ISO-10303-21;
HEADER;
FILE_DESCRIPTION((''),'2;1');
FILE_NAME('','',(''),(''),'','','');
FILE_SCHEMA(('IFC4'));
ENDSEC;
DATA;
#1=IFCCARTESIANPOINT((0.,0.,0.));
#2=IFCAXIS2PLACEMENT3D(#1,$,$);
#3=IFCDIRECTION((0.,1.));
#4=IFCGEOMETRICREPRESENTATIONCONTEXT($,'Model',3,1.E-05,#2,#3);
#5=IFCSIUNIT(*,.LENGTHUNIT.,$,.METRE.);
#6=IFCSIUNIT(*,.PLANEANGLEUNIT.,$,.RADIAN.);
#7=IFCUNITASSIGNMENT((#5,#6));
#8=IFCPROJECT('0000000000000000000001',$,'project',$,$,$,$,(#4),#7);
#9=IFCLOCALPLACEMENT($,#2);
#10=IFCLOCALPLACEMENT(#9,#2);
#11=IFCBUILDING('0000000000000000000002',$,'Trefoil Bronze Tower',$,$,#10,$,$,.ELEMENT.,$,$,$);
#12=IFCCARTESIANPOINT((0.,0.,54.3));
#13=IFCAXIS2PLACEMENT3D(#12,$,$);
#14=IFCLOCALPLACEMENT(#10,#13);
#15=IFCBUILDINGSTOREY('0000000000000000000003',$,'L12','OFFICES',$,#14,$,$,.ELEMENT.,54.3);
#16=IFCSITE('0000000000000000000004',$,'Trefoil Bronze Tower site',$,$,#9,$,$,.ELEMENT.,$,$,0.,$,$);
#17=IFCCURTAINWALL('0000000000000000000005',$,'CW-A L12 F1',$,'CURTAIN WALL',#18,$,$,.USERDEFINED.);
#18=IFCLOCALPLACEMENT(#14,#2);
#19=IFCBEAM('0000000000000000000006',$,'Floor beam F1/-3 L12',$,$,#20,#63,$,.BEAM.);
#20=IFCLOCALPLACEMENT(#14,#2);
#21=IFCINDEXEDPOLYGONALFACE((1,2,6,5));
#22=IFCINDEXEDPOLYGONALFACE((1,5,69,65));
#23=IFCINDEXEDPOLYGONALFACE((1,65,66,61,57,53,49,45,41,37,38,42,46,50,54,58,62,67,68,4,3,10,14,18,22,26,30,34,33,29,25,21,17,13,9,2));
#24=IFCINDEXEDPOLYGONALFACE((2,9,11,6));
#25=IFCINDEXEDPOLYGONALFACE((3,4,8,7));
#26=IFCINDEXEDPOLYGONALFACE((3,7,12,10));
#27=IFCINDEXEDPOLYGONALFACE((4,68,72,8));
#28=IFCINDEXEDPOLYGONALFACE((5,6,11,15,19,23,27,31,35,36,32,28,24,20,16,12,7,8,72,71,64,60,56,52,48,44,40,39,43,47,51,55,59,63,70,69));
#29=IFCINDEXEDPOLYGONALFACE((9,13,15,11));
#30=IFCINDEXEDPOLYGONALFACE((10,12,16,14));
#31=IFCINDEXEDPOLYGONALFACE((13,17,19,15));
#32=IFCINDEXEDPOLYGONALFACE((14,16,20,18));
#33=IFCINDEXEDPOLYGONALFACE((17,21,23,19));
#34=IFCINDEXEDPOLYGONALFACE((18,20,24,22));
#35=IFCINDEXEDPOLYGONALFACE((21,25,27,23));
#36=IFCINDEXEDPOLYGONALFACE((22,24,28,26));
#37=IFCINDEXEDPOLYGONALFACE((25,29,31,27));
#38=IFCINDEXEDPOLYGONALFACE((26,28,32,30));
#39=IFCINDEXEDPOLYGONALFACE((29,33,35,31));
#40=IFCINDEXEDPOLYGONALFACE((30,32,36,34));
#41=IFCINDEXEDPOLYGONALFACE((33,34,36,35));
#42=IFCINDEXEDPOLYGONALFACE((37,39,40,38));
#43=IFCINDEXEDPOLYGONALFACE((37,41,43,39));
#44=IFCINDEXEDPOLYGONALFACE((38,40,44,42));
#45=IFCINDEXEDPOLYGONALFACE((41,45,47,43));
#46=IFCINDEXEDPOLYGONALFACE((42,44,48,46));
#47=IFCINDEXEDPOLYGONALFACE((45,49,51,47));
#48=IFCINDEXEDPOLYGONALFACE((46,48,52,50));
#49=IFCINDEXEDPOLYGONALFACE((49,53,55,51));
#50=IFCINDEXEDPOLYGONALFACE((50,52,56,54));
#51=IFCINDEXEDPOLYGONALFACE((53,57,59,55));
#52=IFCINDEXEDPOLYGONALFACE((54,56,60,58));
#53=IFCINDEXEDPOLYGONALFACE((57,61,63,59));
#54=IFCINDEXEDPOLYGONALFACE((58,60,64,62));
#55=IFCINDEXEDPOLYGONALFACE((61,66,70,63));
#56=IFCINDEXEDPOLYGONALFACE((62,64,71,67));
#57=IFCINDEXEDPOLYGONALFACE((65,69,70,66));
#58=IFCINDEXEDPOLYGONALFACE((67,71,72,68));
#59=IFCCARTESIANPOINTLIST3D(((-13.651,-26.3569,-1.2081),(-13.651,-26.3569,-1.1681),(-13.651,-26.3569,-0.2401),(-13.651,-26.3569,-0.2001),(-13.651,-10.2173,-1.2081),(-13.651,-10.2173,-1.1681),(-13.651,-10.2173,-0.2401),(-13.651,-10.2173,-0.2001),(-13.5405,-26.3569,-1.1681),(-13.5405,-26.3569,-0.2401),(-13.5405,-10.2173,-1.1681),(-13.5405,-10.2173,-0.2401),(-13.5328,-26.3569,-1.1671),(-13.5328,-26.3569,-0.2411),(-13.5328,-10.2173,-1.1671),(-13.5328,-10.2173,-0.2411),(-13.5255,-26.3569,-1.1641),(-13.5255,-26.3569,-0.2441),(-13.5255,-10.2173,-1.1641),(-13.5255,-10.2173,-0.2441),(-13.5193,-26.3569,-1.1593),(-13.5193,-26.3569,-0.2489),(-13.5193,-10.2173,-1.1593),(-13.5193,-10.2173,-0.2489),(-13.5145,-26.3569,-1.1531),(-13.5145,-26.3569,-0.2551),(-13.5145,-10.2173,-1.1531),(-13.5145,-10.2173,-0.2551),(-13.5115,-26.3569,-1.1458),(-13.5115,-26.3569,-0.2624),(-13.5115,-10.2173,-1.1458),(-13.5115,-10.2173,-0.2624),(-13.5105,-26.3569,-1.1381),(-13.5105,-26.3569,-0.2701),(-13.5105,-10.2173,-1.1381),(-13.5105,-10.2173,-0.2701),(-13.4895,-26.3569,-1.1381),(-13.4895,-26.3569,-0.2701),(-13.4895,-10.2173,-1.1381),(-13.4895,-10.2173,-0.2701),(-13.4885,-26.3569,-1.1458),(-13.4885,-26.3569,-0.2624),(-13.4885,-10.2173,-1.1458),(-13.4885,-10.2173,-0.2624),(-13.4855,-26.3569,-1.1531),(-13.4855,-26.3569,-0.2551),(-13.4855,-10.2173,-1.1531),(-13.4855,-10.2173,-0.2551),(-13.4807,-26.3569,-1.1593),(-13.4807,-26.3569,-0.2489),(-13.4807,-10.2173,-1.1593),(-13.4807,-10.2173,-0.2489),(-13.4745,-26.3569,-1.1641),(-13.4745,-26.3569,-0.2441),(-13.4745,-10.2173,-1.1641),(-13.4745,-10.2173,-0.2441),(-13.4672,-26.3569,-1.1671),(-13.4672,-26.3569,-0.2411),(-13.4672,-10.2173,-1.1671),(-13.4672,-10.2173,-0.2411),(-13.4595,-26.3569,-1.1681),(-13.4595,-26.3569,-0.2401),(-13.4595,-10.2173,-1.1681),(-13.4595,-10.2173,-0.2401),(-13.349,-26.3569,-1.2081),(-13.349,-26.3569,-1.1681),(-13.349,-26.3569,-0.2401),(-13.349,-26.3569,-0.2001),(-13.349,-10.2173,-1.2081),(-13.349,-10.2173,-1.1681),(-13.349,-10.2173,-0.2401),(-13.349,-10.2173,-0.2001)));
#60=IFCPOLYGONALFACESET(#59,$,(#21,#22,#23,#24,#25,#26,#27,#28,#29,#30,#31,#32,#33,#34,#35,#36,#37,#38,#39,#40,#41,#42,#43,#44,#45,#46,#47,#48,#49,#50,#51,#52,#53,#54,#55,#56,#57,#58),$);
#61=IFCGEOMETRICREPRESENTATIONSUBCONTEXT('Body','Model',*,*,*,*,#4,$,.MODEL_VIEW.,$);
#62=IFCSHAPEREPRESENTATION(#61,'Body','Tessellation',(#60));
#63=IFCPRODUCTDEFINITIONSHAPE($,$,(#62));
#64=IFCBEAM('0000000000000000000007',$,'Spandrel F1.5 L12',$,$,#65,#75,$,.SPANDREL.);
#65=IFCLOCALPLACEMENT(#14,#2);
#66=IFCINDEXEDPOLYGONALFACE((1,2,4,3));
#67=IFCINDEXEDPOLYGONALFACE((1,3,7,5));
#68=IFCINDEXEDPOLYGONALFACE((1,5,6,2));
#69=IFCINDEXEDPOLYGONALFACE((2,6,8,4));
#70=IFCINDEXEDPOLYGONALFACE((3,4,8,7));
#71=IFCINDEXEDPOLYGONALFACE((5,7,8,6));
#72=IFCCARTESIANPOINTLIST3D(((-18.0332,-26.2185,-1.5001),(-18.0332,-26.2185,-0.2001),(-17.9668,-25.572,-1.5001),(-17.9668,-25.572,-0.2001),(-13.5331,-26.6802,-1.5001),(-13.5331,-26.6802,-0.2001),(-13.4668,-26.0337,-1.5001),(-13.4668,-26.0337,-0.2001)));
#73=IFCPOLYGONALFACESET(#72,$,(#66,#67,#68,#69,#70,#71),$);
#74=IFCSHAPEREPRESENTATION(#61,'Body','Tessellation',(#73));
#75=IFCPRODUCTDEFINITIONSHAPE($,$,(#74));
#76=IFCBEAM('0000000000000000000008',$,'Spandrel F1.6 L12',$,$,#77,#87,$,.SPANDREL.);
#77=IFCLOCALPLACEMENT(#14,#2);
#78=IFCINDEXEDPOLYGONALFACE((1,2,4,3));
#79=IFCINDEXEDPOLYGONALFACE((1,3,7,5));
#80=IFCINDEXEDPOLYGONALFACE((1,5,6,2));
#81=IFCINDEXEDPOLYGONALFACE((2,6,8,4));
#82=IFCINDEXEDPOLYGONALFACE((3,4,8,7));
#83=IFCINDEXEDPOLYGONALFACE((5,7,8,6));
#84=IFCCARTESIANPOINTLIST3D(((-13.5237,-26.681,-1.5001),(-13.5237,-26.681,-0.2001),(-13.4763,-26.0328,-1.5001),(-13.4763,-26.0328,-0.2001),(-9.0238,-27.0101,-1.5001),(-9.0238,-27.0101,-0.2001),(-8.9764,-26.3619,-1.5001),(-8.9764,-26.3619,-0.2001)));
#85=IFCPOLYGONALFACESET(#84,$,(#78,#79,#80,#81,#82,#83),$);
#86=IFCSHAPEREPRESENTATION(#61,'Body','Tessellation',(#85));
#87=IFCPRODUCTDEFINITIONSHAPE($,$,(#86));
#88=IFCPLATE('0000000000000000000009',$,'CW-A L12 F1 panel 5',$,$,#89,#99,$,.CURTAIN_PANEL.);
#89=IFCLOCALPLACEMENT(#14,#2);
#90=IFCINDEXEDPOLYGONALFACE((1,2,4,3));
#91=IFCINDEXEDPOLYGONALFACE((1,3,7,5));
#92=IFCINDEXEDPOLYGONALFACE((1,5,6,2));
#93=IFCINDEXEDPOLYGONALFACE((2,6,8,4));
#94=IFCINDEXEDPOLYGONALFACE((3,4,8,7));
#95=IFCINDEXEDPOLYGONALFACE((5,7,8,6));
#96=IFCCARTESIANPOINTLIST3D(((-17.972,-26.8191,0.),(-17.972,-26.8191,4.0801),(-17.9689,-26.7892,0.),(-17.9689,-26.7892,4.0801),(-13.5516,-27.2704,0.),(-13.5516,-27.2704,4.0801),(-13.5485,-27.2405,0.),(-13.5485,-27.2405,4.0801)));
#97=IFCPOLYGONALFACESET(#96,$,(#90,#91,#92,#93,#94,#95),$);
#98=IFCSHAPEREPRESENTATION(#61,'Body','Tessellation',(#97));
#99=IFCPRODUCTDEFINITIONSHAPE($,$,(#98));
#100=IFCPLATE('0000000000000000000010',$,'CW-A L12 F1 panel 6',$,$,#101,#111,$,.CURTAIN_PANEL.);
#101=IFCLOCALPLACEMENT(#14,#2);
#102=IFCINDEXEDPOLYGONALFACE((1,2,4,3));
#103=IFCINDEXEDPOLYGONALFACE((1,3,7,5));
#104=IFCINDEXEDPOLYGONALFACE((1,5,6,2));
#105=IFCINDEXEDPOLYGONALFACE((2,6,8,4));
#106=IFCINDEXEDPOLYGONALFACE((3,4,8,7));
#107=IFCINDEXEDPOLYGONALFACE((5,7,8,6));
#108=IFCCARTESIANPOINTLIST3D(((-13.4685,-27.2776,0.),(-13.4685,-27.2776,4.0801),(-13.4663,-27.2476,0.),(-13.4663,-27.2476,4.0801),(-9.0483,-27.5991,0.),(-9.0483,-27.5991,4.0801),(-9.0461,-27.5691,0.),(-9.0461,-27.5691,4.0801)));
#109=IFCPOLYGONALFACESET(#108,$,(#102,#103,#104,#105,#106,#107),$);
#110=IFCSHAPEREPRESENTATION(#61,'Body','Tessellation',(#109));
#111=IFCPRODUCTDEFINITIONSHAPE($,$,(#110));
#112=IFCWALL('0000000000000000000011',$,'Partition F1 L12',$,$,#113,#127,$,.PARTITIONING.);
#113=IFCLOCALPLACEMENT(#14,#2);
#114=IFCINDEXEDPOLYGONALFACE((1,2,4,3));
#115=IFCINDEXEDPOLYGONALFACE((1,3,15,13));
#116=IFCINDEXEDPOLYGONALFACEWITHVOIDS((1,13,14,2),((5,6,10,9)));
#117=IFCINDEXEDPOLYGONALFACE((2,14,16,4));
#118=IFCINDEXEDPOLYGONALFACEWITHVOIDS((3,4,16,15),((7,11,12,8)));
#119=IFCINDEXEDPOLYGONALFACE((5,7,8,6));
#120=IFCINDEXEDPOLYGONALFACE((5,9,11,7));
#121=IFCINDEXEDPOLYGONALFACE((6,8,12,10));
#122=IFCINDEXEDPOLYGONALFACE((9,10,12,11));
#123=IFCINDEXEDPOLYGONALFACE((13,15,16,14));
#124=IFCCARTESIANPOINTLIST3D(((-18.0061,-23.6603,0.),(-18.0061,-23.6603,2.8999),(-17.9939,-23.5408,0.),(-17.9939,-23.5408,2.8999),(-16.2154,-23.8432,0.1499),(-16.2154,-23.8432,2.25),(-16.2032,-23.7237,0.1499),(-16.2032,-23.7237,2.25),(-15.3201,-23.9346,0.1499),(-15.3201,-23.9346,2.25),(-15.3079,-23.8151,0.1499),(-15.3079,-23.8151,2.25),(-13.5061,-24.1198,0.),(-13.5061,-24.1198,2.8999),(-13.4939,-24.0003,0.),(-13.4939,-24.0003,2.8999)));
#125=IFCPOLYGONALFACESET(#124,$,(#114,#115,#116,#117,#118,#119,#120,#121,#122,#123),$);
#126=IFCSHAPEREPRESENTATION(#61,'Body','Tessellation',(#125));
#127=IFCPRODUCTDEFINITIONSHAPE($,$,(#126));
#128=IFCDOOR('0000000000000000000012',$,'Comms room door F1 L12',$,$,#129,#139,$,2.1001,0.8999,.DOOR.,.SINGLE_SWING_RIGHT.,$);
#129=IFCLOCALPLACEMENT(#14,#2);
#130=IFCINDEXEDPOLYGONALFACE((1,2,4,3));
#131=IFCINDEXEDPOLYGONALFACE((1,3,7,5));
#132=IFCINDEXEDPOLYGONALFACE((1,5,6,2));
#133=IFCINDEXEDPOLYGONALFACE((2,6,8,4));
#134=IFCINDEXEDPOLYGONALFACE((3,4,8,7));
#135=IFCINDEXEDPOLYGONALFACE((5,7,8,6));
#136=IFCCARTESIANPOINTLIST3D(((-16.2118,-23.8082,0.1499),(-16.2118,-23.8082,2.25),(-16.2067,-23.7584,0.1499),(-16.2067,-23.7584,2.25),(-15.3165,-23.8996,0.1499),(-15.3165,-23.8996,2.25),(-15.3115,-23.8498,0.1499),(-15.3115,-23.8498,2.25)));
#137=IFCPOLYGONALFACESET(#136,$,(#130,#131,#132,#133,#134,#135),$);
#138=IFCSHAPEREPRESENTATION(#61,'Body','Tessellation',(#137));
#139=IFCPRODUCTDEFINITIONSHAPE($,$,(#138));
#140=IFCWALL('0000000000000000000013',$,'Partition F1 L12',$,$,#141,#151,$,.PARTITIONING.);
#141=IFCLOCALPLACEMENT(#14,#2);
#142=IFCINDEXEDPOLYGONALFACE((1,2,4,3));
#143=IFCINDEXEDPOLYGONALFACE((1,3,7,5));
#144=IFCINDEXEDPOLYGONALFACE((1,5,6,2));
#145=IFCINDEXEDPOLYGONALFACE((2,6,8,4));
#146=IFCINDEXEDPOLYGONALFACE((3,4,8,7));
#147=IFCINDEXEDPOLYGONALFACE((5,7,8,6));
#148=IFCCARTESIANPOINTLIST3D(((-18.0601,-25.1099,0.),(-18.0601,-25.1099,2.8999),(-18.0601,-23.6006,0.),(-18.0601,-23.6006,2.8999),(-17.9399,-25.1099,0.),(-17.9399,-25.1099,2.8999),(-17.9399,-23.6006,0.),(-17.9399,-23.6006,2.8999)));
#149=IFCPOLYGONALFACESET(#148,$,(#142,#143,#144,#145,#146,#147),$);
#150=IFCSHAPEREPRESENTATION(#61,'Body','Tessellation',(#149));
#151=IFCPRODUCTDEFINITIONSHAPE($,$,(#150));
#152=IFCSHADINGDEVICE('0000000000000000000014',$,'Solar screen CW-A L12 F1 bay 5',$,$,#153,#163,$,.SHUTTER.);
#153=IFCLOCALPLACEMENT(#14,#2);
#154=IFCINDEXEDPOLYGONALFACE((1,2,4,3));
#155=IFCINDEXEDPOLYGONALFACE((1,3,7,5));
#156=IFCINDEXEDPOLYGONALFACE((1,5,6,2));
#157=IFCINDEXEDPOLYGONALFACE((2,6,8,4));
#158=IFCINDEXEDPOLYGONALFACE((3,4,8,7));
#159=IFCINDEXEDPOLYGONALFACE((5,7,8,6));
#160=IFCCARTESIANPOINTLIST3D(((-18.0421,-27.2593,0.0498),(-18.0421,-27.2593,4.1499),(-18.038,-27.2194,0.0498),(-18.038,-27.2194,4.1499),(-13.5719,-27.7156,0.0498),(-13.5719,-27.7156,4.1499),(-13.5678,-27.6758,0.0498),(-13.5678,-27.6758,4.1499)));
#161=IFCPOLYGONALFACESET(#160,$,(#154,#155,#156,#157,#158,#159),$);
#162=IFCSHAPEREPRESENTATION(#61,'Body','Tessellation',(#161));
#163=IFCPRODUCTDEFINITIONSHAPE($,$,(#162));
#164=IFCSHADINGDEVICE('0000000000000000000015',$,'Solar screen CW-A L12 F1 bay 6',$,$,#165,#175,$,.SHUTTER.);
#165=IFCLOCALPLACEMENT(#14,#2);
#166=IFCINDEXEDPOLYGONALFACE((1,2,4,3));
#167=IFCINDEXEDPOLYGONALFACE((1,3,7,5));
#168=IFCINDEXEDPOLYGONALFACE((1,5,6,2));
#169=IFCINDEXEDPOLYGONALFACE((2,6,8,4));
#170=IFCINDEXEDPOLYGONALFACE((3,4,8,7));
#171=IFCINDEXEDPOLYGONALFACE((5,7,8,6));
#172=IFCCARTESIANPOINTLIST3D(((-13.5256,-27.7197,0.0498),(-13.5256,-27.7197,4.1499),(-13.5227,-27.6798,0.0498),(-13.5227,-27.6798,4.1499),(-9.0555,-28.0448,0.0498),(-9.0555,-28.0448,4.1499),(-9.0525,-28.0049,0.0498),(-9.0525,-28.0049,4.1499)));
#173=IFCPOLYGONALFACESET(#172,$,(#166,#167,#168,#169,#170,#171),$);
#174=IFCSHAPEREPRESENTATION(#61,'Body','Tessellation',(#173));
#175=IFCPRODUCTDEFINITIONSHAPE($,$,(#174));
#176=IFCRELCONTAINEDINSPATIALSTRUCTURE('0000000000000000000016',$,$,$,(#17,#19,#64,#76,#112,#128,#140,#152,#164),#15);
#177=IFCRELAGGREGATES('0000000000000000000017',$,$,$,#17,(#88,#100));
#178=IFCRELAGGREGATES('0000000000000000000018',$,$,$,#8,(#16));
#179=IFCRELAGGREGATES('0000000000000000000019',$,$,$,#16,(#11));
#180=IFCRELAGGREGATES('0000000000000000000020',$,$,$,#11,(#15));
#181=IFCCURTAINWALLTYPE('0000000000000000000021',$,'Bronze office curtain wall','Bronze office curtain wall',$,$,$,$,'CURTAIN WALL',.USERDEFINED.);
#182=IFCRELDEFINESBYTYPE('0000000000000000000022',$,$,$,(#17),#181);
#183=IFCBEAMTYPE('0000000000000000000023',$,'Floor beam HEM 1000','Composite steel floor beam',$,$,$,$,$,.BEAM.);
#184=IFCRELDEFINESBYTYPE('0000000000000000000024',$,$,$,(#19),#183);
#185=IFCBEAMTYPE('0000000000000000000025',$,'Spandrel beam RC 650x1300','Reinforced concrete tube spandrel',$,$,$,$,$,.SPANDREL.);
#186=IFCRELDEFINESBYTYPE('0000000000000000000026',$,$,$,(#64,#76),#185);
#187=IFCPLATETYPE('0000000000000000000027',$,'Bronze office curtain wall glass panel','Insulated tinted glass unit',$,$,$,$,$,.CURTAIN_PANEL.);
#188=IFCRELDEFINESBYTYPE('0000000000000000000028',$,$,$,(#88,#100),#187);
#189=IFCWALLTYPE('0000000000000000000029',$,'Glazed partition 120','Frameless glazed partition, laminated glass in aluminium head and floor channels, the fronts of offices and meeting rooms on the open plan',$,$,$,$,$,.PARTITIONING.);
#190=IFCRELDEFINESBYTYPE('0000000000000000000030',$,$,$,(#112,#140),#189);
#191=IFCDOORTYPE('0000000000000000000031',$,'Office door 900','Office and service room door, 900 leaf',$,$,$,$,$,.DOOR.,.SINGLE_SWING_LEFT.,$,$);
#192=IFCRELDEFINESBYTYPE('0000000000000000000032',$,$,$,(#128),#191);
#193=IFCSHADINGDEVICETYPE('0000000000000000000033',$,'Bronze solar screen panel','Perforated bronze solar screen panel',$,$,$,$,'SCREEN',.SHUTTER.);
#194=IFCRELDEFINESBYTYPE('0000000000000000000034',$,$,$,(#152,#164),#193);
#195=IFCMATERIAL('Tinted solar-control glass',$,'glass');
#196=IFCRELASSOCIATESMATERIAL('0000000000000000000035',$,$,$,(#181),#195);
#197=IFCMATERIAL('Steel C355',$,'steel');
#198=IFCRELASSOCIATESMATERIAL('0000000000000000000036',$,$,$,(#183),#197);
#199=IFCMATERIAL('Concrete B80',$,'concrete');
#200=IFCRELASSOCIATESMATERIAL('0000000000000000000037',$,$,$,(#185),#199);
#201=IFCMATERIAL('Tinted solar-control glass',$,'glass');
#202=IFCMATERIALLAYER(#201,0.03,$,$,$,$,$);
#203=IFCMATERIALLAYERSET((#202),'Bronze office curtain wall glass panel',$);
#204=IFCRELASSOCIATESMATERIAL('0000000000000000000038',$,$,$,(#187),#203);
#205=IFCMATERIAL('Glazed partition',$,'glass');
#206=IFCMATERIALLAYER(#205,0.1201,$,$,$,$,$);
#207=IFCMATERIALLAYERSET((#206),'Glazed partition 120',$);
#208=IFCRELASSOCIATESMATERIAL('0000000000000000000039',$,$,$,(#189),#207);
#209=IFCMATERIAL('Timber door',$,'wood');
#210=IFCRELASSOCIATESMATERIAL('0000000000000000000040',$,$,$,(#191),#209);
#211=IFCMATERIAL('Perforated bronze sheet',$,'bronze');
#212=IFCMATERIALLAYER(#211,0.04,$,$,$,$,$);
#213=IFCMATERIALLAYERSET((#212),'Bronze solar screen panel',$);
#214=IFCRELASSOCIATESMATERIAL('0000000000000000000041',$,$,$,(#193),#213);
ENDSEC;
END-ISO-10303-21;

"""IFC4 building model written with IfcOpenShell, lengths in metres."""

from ifc_helpers import new_model, si_unit, direction, frame, frame_2d, origin, origin_2d, place, context, subcontext, project, spatial, rectangle, i_section, extrude, material, layer, layer_set, material_profile, profile_set, type_object, element, fill, aggregate, save


model = new_model("IFC4")

# Units and contexts
model_context = context("Model", 3, precision=1e-05, world=origin(), true_north=direction((0.0, 1.0)))
body_context = subcontext(model_context, "Body", "Model", "MODEL_VIEW")
ifc_project = project(units=[si_unit("LENGTHUNIT", "METRE"), si_unit("PLANEANGLEUNIT", "RADIAN")], contexts=[model_context])

# Site, building, storey
site_placement = place(None, origin())
site = spatial("IfcSite", under=ifc_project, at=site_placement, Name="Trefoil Bronze Tower site", CompositionType="ELEMENT", RefElevation=0.0)
building_placement = place(site_placement, origin())
building = spatial("IfcBuilding", under=site, at=building_placement, Name="Trefoil Bronze Tower", CompositionType="ELEMENT")
storey_placement = place(building_placement, frame((0.0, 0.0, 54.3)))
storey = spatial("IfcBuildingStorey", under=building, at=storey_placement, Name="L12", Description="OFFICES", CompositionType="ELEMENT", Elevation=54.3)

# Curtain wall
ifc_material_1 = material(Name="Tinted solar-control glass", Category="glass")
curtain_wall_type = type_object("IfcCurtainWallType", Name="Bronze office curtain wall", Description="Bronze office curtain wall", ElementType="CURTAIN WALL", PredefinedType="USERDEFINED", material=ifc_material_1)
curtain_wall_placement = place(storey_placement, origin())
curtain_wall = element("IfcCurtainWall", 1, at=curtain_wall_placement, inside=storey, type_object=curtain_wall_type, Name="CW-A L12 F1", ObjectType="CURTAIN WALL", PredefinedType="USERDEFINED")

# Beams
ifc_material_2 = material(Name="Steel C355", Category="steel")
ifc_material_profile_1 = material_profile(ifc_material_2, i_section(OverallWidth=0.302, OverallDepth=1.0081, WebThickness=0.021, FlangeThickness=0.04, FilletRadius=0.03, at=origin_2d()), Name="HEM 1000")
ifc_profile_set_1 = profile_set([ifc_material_profile_1], Name="Steel C355")
beam_type_1 = type_object("IfcBeamType", Name="Floor beam HEM 1000", Description="Composite steel floor beam", PredefinedType="BEAM", material=ifc_profile_set_1)
beam_1_placement = place(storey_placement, frame((-13.5, -26.3569, -0.7041), z_axis=(0.0, 1.0, 0.0), x_axis=(-1.0, 0.0, 0.0)))
element("IfcBeam", 2, at=beam_1_placement, inside=storey, type_object=beam_type_1, Name="Floor beam F1/-3 L12", PredefinedType="BEAM", context=body_context, shape_type="SweptSolid", body=[
    extrude(i_section(OverallWidth=0.302, OverallDepth=1.0081, WebThickness=0.021, FlangeThickness=0.04, FilletRadius=0.03, at=origin_2d()), origin(), (0.0, 0.0, 1.0), 16.1396),
])
ifc_material_3 = material(Name="Concrete B80", Category="concrete")
ifc_material_profile_2 = material_profile(ifc_material_3, rectangle(XDim=0.6499, YDim=1.3, at=origin_2d()), Name="RC 650x1300")
ifc_profile_set_2 = profile_set([ifc_material_profile_2], Name="Concrete B80")
beam_type_2 = type_object("IfcBeamType", Name="Spandrel beam RC 650x1300", Description="Reinforced concrete tube spandrel", PredefinedType="SPANDREL", material=ifc_profile_set_2)
beam_2_placement = place(storey_placement, frame((-18.0, -25.8953, -0.8501), z_axis=(0.994778, -0.102058, 0.0), x_axis=(0.102058, 0.994778, 0.0)))
element("IfcBeam", 3, at=beam_2_placement, inside=storey, type_object=beam_type_2, Name="Spandrel F1.5 L12", PredefinedType="SPANDREL", context=body_context, shape_type="SweptSolid", body=[
    extrude(rectangle(XDim=0.6499, YDim=1.3, at=origin_2d()), origin(), (0.0, 0.0, 1.0), 4.5237),
])
beam_3_placement = place(storey_placement, frame((-13.5, -26.3569, -0.8501), z_axis=(0.997336, -0.072939, 0.0), x_axis=(0.072939, 0.997336, 0.0)))
element("IfcBeam", 4, at=beam_3_placement, inside=storey, type_object=beam_type_2, Name="Spandrel F1.6 L12", PredefinedType="SPANDREL", context=body_context, shape_type="SweptSolid", body=[
    extrude(rectangle(XDim=0.6499, YDim=1.3, at=origin_2d()), origin(), (0.0, 0.0, 1.0), 4.512),
])

# Plates
ifc_material_4 = material(Name="Tinted solar-control glass", Category="glass")
ifc_layer_1 = layer(ifc_material_4, 0.03)
ifc_layer_set_1 = layer_set([ifc_layer_1], Name="Bronze office curtain wall glass panel")
plate_type = type_object("IfcPlateType", Name="Bronze office curtain wall glass panel", Description="Insulated tinted glass unit", PredefinedType="CURTAIN_PANEL", material=ifc_layer_set_1)
plate_1_placement = place(storey_placement, frame((-15.7603, -27.0298, 0.0), z_axis=(0.0, 0.0, 1.0), x_axis=(0.994829, -0.101565, 0.0)))
plate_1 = element("IfcPlate", 5, at=plate_1_placement, type_object=plate_type, Name="CW-A L12 F1 panel 5", PredefinedType="CURTAIN_PANEL", context=body_context, shape_type="SweptSolid", body=[
    extrude(rectangle(XDim=4.4434, YDim=0.03, at=origin_2d()), origin(), (0.0, 0.0, 1.0), 4.0801),
])
plate_2_placement = place(storey_placement, frame((-11.2573, -27.4233, 0.0), z_axis=(0.0, 0.0, 1.0), x_axis=(0.997365, -0.072547, 0.0)))
plate_2 = element("IfcPlate", 6, at=plate_2_placement, type_object=plate_type, Name="CW-A L12 F1 panel 6", PredefinedType="CURTAIN_PANEL", context=body_context, shape_type="SweptSolid", body=[
    extrude(rectangle(XDim=4.4319, YDim=0.03, at=origin_2d()), origin(), (0.0, 0.0, 1.0), 4.0801),
])
aggregate(curtain_wall, [plate_1, plate_2])

# Wall, opening, door
ifc_material_5 = material(Name="Glazed partition", Category="glass")
ifc_layer_2 = layer(ifc_material_5, 0.1201)
ifc_layer_set_2 = layer_set([ifc_layer_2], Name="Glazed partition 120")
wall_type = type_object("IfcWallType", Name="Glazed partition 120", Description="Frameless glazed partition, laminated glass in aluminium head and floor channels, the fronts of offices and meeting rooms on the open plan", PredefinedType="PARTITIONING", material=ifc_layer_set_2)
wall_1_placement = place(storey_placement, frame((-18.0, -23.6006, 0.0), z_axis=(0.0, 0.0, 1.0), x_axis=(0.994828, -0.101577, 0.0)))
wall_1 = element("IfcWall", 7, at=wall_1_placement, inside=storey, type_object=wall_type, Name="Partition F1 L12", PredefinedType="PARTITIONING", context=body_context, shape_type="SweptSolid", body=[
    extrude(rectangle(XDim=4.5234, YDim=0.1201, at=frame_2d((2.2617, 0.0))), origin(), (0.0, 0.0, 1.0), 2.8999),
])
opening_placement = place(wall_1_placement, frame((1.8, 0.0, 0.1499)))
opening = element("IfcOpeningElement", 8, at=opening_placement, cuts=wall_1, PredefinedType="OPENING", context=body_context, shape_type="SweptSolid", body=[
    extrude(rectangle(XDim=0.8999, YDim=2.1001, at=frame_2d((0.45, 1.05))), frame((0.0, 0.0701, 0.0), z_axis=(0.0, -1.0, 0.0), x_axis=(1.0, 0.0, 0.0)), (0.0, 0.0, 1.0), 0.1401),
])
ifc_material_6 = material(Name="Timber door", Category="wood")
door_type = type_object("IfcDoorType", Name="Office door 900", Description="Office and service room door, 900 leaf", OperationType="SINGLE_SWING_LEFT", PredefinedType="DOOR", material=ifc_material_6)
door_placement = place(opening_placement, frame((0.8999, 0.0, 0.0), z_axis=(0.0, 0.0, 1.0), x_axis=(-1.0, 0.0, 0.0)))
door = element("IfcDoor", 9, at=door_placement, inside=storey, type_object=door_type, Name="Comms room door F1 L12", OperationType="SINGLE_SWING_RIGHT", OverallHeight=2.1001, OverallWidth=0.8999, PredefinedType="DOOR", context=body_context, shape_type="SweptSolid", body=[
    extrude(rectangle(XDim=0.8999, YDim=2.1001, at=frame_2d((0.45, 1.05))), frame((0.0, 0.0249, 0.0), z_axis=(0.0, -1.0, 0.0), x_axis=(1.0, 0.0, 0.0)), (0.0, 0.0, 1.0), 0.05),
])
fill(opening, door)

# Wall
wall_2_placement = place(storey_placement, frame((-18.0, -23.6006, 0.0), z_axis=(0.0, 0.0, 1.0), x_axis=(0.0, -1.0, 0.0)))
element("IfcWall", 10, at=wall_2_placement, inside=storey, type_object=wall_type, Name="Partition F1 L12", PredefinedType="PARTITIONING", context=body_context, shape_type="SweptSolid", body=[
    extrude(rectangle(XDim=1.5093, YDim=0.1201, at=frame_2d((0.7546, 0.0))), origin(), (0.0, 0.0, 1.0), 2.8999),
])

# Shading devices
ifc_material_7 = material(Name="Perforated bronze sheet", Category="bronze")
ifc_layer_3 = layer(ifc_material_7, 0.04)
ifc_layer_set_3 = layer_set([ifc_layer_3], Name="Bronze solar screen panel")
shading_device_type = type_object("IfcShadingDeviceType", Name="Bronze solar screen panel", Description="Perforated bronze solar screen panel", ElementType="SCREEN", PredefinedType="SHUTTER", material=ifc_layer_set_3)
shading_device_1_placement = place(storey_placement, frame((-15.8049, -27.4675, 0.0498), z_axis=(0.0, 0.0, 1.0), x_axis=(0.994829, -0.101565, 0.0)))
element("IfcShadingDevice", 11, at=shading_device_1_placement, inside=storey, type_object=shading_device_type, Name="Solar screen CW-A L12 F1 bay 5", PredefinedType="SHUTTER", context=body_context, shape_type="SweptSolid", body=[
    extrude(rectangle(XDim=4.4934, YDim=0.04, at=origin_2d()), origin(), (0.0, 0.0, 1.0), 4.1001),
])
shading_device_2_placement = place(storey_placement, frame((-11.2891, -27.8623, 0.0498), z_axis=(0.0, 0.0, 1.0), x_axis=(0.997365, -0.072547, 0.0)))
element("IfcShadingDevice", 12, at=shading_device_2_placement, inside=storey, type_object=shading_device_type, Name="Solar screen CW-A L12 F1 bay 6", PredefinedType="SHUTTER", context=body_context, shape_type="SweptSolid", body=[
    extrude(rectangle(XDim=4.4819, YDim=0.04, at=origin_2d()), origin(), (0.0, 0.0, 1.0), 4.1001),
])

save(model, "model.ifc")
